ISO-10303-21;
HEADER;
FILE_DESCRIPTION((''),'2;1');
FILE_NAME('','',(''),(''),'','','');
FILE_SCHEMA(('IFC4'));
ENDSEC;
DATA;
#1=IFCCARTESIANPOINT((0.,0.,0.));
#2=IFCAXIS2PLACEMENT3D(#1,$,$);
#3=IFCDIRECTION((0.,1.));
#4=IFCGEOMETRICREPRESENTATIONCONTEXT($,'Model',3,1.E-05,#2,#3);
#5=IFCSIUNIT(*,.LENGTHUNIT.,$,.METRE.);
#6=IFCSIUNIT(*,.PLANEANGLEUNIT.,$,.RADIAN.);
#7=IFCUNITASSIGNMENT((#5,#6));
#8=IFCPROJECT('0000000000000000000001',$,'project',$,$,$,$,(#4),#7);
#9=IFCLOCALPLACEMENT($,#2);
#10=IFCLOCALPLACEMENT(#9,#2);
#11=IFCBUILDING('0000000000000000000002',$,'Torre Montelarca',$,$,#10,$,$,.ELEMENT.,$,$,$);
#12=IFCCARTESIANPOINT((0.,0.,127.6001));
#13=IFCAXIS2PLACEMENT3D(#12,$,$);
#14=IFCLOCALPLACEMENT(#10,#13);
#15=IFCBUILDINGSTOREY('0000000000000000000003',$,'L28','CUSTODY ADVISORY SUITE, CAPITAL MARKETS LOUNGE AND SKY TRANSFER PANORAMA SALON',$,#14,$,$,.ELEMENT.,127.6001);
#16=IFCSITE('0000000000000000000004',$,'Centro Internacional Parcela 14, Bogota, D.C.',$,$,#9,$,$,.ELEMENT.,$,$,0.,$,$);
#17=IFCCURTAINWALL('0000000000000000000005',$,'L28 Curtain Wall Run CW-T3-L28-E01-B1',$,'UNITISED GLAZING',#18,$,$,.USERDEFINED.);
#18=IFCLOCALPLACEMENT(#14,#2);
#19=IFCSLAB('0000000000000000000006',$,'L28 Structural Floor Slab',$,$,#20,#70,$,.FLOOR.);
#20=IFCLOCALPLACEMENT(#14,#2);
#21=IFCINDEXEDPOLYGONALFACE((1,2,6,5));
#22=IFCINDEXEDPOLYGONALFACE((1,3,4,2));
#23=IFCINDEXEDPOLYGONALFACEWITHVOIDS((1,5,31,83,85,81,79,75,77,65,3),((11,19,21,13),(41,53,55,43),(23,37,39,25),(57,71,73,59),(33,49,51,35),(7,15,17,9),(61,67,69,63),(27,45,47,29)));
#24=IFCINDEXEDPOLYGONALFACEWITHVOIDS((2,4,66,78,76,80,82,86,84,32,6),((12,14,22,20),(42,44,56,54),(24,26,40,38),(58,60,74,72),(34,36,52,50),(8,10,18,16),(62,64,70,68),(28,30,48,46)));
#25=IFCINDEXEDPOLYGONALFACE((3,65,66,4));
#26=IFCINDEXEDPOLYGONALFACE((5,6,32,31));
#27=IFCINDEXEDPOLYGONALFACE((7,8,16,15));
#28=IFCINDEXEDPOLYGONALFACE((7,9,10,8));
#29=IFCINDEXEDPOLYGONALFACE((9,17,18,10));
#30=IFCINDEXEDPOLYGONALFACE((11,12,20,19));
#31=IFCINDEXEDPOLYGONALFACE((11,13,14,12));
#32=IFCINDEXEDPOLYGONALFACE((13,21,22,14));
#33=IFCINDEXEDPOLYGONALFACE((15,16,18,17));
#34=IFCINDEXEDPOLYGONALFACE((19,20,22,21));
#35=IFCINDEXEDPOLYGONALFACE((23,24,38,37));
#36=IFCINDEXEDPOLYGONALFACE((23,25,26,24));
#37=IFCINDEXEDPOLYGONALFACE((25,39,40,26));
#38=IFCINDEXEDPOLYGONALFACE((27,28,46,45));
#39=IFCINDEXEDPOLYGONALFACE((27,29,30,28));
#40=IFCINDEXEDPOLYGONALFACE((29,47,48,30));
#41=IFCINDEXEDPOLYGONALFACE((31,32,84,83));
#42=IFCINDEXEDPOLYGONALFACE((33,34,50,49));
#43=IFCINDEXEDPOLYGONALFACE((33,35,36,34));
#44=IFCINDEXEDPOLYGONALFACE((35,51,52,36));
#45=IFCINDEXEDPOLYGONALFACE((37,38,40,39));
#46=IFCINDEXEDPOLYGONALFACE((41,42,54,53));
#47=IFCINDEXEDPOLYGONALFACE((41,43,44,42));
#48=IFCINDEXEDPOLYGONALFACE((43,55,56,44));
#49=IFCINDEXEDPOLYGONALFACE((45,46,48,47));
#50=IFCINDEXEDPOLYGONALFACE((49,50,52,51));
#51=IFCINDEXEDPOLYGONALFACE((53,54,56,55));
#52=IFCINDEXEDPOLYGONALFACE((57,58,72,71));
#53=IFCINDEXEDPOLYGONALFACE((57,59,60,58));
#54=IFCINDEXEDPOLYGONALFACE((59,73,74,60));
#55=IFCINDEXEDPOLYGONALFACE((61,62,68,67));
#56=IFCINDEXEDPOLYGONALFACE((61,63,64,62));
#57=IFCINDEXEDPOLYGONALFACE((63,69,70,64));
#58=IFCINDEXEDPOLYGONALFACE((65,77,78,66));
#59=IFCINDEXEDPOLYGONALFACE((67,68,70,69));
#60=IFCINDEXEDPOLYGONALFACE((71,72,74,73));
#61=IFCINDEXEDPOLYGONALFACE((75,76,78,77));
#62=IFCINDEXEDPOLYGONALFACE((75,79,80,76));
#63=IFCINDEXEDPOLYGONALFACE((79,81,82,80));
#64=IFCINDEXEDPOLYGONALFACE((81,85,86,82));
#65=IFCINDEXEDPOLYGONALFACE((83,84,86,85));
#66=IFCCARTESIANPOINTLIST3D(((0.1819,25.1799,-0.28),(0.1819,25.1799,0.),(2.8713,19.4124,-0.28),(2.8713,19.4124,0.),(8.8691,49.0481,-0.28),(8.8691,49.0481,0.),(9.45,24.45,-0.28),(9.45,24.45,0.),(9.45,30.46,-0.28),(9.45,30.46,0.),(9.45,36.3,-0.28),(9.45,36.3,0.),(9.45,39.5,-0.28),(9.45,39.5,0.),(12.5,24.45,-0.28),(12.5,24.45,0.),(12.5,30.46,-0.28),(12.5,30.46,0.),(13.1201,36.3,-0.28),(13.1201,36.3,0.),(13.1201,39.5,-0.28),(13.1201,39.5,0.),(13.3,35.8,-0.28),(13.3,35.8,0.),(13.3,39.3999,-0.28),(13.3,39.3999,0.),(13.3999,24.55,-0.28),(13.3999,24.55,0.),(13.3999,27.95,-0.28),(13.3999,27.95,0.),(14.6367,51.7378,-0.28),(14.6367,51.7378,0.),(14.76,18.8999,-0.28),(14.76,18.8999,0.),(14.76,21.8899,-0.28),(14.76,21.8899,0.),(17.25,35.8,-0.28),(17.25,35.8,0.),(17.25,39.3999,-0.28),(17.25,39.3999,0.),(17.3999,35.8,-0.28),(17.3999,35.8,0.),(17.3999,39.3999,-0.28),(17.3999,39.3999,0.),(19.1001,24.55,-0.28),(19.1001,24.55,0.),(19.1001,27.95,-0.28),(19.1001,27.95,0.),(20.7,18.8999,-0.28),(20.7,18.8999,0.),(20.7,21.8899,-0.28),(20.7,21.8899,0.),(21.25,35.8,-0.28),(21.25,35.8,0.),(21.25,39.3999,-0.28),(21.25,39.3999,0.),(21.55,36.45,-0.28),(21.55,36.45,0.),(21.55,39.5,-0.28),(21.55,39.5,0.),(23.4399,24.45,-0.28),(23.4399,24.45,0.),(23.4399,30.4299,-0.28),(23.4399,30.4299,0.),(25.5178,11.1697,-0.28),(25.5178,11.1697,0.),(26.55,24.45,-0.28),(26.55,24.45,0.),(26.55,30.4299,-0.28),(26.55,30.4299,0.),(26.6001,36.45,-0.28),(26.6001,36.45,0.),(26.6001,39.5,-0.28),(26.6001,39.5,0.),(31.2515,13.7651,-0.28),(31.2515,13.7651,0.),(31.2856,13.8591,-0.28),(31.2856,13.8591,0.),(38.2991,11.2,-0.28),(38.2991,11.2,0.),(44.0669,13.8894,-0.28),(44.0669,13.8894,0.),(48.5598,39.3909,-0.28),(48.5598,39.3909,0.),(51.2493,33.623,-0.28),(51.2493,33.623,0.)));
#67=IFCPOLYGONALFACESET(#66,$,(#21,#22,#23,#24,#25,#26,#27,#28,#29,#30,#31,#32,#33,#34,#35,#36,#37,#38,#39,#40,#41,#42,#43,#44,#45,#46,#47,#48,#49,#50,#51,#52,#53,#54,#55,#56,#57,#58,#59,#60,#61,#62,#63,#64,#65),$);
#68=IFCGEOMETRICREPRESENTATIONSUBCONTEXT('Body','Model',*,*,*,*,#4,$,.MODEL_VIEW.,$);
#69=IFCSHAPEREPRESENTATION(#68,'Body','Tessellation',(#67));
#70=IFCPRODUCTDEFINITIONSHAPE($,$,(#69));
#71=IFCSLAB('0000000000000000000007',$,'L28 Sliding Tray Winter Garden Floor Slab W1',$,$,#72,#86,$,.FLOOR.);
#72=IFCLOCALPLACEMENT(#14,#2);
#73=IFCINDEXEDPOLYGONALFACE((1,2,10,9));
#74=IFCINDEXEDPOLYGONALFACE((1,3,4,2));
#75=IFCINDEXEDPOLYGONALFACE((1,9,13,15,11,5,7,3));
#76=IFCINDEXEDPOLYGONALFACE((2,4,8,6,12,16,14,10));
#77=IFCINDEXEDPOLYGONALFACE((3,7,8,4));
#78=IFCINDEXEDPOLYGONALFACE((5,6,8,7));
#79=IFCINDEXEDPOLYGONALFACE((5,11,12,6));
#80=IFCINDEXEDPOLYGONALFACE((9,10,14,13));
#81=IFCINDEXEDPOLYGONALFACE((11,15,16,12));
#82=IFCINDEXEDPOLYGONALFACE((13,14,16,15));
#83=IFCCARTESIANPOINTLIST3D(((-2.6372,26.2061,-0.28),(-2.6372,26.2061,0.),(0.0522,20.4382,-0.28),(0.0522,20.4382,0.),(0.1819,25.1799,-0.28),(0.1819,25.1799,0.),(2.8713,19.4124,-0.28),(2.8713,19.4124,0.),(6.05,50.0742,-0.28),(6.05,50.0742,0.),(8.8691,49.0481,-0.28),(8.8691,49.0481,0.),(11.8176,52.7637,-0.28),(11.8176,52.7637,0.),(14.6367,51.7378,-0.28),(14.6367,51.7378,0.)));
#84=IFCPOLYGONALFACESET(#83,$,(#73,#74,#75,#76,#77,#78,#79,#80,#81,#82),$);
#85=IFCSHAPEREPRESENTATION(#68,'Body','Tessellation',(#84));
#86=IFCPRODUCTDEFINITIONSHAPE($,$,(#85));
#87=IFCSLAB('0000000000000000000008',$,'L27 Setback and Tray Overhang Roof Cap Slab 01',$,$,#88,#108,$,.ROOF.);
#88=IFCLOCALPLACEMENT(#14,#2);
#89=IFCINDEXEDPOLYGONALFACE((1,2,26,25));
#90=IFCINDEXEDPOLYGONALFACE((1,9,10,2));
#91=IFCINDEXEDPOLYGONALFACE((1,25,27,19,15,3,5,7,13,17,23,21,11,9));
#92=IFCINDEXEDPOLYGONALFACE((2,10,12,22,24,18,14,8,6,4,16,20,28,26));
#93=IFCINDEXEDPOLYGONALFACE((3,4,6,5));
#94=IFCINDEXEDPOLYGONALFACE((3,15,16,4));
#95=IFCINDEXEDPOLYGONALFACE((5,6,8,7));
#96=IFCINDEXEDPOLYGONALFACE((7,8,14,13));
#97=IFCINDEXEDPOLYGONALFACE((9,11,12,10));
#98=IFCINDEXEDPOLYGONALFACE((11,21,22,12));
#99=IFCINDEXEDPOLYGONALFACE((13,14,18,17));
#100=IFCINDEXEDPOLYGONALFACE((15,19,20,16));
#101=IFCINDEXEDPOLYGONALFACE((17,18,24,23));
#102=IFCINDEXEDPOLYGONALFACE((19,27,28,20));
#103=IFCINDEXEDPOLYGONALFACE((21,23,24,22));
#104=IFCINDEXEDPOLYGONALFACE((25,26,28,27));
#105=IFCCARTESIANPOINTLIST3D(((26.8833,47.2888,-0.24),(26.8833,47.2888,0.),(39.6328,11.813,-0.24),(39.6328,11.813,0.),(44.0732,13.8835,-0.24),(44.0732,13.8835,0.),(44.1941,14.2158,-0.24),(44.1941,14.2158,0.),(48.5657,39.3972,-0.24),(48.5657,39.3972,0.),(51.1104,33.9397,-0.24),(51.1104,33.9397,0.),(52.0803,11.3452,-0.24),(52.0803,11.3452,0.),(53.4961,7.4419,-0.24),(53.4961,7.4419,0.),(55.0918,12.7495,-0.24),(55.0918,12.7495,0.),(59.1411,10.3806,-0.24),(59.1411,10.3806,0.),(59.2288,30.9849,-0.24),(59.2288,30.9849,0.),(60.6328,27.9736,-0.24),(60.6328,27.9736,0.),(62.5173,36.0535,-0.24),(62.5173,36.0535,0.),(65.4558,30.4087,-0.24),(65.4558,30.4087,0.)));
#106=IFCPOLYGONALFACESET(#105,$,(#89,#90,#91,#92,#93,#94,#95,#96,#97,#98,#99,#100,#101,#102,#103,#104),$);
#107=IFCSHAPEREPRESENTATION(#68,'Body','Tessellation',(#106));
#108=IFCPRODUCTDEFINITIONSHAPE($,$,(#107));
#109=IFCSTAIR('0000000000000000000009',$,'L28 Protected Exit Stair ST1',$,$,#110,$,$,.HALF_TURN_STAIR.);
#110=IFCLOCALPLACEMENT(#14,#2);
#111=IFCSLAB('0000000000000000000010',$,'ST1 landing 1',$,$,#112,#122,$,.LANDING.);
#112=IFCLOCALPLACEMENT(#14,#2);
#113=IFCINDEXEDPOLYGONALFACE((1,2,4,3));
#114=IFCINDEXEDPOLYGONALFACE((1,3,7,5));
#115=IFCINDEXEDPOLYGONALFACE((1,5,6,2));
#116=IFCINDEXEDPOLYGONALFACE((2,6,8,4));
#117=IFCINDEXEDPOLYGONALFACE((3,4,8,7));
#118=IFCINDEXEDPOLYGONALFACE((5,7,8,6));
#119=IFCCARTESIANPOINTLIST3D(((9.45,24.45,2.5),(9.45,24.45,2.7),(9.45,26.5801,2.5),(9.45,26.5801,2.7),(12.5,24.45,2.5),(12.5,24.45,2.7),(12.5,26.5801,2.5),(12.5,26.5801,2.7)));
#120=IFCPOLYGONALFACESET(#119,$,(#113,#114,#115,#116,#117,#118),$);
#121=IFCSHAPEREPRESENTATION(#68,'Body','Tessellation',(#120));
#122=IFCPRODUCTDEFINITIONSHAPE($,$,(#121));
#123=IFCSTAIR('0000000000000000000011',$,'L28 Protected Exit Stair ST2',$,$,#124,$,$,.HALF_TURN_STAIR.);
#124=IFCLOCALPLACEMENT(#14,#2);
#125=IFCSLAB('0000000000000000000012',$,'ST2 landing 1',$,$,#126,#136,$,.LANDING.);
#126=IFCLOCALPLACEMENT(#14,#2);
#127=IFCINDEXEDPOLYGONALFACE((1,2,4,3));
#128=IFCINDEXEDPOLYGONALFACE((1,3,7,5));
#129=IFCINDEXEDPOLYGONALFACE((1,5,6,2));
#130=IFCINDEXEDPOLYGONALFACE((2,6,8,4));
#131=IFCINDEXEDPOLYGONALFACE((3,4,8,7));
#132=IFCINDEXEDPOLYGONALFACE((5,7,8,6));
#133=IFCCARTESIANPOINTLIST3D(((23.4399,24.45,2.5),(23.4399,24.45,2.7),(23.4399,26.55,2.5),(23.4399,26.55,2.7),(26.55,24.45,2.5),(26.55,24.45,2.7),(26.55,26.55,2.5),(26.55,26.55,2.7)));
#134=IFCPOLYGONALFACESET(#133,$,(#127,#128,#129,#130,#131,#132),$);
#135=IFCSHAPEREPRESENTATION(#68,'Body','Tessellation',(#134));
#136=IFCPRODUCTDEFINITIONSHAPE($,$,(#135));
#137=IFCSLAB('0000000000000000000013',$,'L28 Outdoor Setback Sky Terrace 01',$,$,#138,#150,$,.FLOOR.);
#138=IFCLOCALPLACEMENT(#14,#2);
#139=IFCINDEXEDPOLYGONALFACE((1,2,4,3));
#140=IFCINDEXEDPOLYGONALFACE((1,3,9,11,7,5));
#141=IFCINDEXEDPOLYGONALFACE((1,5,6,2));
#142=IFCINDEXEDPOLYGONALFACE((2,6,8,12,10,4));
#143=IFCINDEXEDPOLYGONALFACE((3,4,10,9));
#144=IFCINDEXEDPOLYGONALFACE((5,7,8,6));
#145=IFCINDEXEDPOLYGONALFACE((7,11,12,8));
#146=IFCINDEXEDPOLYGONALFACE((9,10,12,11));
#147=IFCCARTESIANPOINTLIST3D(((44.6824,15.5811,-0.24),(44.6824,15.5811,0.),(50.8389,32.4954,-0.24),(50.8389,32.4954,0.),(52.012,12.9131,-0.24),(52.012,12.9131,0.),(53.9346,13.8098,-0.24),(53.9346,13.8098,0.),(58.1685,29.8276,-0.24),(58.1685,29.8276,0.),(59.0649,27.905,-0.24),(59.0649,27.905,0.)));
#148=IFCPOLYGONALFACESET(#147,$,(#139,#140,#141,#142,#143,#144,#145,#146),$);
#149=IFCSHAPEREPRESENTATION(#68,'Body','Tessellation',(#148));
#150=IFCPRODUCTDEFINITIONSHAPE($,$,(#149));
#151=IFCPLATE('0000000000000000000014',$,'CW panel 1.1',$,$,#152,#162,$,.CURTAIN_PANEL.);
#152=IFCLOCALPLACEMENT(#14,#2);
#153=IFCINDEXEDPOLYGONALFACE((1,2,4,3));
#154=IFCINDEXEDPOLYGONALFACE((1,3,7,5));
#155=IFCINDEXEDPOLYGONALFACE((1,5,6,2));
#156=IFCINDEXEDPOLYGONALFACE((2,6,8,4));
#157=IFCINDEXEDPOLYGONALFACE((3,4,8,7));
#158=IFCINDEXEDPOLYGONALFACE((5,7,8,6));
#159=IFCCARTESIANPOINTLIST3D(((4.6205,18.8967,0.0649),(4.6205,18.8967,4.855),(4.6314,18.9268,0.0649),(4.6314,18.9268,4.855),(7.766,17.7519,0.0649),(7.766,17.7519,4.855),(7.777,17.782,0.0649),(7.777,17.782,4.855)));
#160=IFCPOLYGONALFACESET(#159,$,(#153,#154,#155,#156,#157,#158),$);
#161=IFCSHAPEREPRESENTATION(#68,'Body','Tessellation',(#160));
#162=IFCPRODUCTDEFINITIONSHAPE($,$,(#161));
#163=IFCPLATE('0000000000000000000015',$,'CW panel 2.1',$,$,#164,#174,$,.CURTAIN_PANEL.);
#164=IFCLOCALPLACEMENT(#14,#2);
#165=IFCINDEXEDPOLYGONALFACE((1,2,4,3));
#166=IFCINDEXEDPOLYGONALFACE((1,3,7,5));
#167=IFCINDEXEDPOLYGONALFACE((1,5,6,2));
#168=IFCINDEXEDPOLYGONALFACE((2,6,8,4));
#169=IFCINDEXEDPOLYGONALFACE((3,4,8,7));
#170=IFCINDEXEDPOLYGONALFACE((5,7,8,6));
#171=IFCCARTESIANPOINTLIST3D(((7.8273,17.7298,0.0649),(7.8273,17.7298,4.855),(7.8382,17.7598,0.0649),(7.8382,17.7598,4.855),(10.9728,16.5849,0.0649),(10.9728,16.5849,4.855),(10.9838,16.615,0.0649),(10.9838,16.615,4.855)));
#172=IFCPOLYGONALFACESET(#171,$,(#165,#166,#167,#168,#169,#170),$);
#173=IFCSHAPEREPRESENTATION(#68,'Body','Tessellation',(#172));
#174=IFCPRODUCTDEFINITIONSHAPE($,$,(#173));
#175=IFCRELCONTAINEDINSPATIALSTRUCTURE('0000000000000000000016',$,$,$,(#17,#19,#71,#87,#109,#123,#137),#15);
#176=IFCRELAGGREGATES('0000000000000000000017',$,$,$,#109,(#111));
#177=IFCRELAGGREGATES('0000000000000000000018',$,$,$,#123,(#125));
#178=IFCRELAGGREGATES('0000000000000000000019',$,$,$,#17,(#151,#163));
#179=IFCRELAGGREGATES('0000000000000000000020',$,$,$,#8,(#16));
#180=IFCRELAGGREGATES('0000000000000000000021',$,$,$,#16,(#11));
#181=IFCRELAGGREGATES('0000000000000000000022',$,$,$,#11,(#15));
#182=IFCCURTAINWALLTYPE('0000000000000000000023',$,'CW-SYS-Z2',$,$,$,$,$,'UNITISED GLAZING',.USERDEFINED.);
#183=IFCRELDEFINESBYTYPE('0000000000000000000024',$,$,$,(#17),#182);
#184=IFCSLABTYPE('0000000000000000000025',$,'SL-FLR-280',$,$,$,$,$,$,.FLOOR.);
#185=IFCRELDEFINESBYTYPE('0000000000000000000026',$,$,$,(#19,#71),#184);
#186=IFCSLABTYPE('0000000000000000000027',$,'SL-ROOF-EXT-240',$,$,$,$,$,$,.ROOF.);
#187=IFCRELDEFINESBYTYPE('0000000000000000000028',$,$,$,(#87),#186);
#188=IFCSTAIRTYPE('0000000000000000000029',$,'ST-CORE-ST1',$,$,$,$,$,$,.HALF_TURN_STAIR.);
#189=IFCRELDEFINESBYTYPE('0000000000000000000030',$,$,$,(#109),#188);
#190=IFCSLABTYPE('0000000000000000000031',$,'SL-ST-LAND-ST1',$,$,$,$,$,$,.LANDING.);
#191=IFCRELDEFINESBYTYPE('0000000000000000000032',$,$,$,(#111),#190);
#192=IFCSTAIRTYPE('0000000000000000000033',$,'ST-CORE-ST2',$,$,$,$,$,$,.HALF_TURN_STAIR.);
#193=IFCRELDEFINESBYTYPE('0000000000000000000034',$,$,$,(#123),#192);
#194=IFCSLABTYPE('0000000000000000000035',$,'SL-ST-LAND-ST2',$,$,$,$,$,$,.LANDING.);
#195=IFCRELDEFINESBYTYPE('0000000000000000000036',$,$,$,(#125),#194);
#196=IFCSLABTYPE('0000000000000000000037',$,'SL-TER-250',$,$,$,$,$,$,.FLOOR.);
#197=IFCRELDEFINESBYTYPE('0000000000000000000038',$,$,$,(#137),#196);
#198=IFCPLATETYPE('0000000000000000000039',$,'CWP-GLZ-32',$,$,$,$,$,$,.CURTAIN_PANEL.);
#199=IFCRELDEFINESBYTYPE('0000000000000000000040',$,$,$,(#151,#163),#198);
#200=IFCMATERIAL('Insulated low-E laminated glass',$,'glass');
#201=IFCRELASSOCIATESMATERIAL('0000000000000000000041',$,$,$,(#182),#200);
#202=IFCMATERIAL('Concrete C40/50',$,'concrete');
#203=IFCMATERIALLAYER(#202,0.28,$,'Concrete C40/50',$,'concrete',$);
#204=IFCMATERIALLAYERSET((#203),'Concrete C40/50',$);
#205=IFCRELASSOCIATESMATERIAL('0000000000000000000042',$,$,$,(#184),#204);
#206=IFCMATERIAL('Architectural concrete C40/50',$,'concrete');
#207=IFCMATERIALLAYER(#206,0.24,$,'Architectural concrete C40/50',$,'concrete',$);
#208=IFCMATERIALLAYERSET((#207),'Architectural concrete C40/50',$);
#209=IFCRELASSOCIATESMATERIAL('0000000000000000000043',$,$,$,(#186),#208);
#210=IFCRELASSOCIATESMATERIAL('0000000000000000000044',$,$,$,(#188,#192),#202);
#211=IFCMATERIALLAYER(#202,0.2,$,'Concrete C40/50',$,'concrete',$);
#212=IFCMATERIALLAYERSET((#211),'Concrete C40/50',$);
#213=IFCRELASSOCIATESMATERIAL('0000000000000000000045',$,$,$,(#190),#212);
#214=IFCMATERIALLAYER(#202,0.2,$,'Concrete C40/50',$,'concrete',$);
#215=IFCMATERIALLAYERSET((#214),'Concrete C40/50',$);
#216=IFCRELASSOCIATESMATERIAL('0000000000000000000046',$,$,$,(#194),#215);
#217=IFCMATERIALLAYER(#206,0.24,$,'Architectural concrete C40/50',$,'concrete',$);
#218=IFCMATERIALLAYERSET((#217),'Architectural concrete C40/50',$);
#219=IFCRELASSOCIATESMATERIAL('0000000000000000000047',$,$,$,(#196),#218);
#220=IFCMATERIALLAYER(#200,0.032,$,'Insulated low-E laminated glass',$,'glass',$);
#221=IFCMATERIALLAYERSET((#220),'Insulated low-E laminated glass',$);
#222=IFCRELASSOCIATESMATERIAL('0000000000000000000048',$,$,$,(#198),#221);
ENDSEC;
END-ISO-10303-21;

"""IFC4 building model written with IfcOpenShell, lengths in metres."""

from ifc_helpers import new_model, si_unit, direction, frame, origin, origin_2d, place, context, subcontext, project, spatial, polyline, rectangle, outline, extrude, source, transform, mapped, material, layer, layer_set, type_object, element, aggregate, save


model = new_model("IFC4")

# Units and contexts
model_context = context("Model", 3, precision=1e-05, world=origin(), true_north=direction((0.0, 1.0)))
body_context = subcontext(model_context, "Body", "Model", "MODEL_VIEW")
ifc_project = project(units=[si_unit("LENGTHUNIT", "METRE"), si_unit("PLANEANGLEUNIT", "RADIAN")], contexts=[model_context])

# Site, building, storey
site_placement = place(None, origin())
site = spatial("IfcSite", under=ifc_project, at=site_placement, Name="Centro Internacional Parcela 14, Bogota, D.C.", CompositionType="ELEMENT", RefElevation=0.0)
building_placement = place(site_placement, origin())
building = spatial("IfcBuilding", under=site, at=building_placement, Name="Torre Montelarca", CompositionType="ELEMENT")
storey_placement = place(building_placement, frame((0.0, 0.0, 127.6001)))
storey = spatial("IfcBuildingStorey", under=building, at=storey_placement, Name="L28", Description="CUSTODY ADVISORY SUITE, CAPITAL MARKETS LOUNGE AND SKY TRANSFER PANORAMA SALON", CompositionType="ELEMENT", Elevation=127.6001)

# Curtain wall
ifc_material_1 = material(Name="Insulated low-E laminated glass", Category="glass")
curtain_wall_type = type_object("IfcCurtainWallType", Name="CW-SYS-Z2", ElementType="UNITISED GLAZING", PredefinedType="USERDEFINED", material=ifc_material_1)
curtain_wall_1_placement = place(storey_placement, origin())
curtain_wall_1 = element("IfcCurtainWall", 1, at=curtain_wall_1_placement, inside=storey, type_object=curtain_wall_type, Name="L28 Curtain Wall Run CW-T3-L28-E01-B1", ObjectType="UNITISED GLAZING", PredefinedType="USERDEFINED")

# Slabs
ifc_material_2 = material(Name="Concrete C40/50", Category="concrete")
ifc_layer_1 = layer(ifc_material_2, 0.28, Name="Concrete C40/50", Category="concrete")
ifc_layer_set_1 = layer_set([ifc_layer_1], Name="Concrete C40/50")
slab_type_1 = type_object("IfcSlabType", Name="SL-FLR-280", PredefinedType="FLOOR", material=ifc_layer_set_1)
slab_1_placement = place(storey_placement, frame((0.0, 0.0, -0.28)))
element("IfcSlab", 2, at=slab_1_placement, inside=storey, type_object=slab_type_1, Name="L28 Structural Floor Slab", PredefinedType="FLOOR", context=body_context, shape_type="SweptSolid", body=[
    extrude(outline(polyline([(25.5178, 11.1697), (31.2856, 13.8591), (31.2515, 13.7651), (38.2991, 11.2), (44.0669, 13.8894), (51.2493, 33.623), (48.5598, 39.3909), (14.6367, 51.7378), (8.8691, 49.0481), (0.1819, 25.1799), (2.8713, 19.4124), (25.5178, 11.1697)]), holes=[polyline([(20.7, 18.8999), (14.76, 18.8999), (14.76, 21.8899), (20.7, 21.8899), (20.7, 18.8999)]), polyline([(19.1001, 24.55), (13.3999, 24.55), (13.3999, 27.95), (19.1001, 27.95), (19.1001, 24.55)]), polyline([(23.4399, 24.45), (23.4399, 30.4299), (26.55, 30.4299), (26.55, 24.45), (23.4399, 24.45)]), polyline([(9.45, 24.45), (9.45, 30.46), (12.5, 30.46), (12.5, 24.45), (9.45, 24.45)]), polyline([(17.25, 35.8), (13.3, 35.8), (13.3, 39.3999), (17.25, 39.3999), (17.25, 35.8)]), polyline([(21.25, 35.8), (17.3999, 35.8), (17.3999, 39.3999), (21.25, 39.3999), (21.25, 35.8)]), polyline([(13.1201, 36.3), (9.45, 36.3), (9.45, 39.5), (13.1201, 39.5), (13.1201, 36.3)]), polyline([(26.6001, 36.45), (21.55, 36.45), (21.55, 39.5), (26.6001, 39.5), (26.6001, 36.45)])]), origin(), (0.0, 0.0, 1.0), 0.28),
])
slab_2_placement = place(storey_placement, frame((0.0, 0.0, -0.28)))
element("IfcSlab", 3, at=slab_2_placement, inside=storey, type_object=slab_type_1, Name="L28 Sliding Tray Winter Garden Floor Slab W1", PredefinedType="FLOOR", context=body_context, shape_type="SweptSolid", body=[
    extrude(outline(polyline([(2.8713, 19.4124), (0.1819, 25.1799), (8.8691, 49.0481), (14.6367, 51.7378), (11.8176, 52.7637), (6.05, 50.0742), (-2.6372, 26.2061), (0.0522, 20.4382), (2.8713, 19.4124)])), origin(), (0.0, 0.0, 1.0), 0.28),
])
ifc_material_3 = material(Name="Architectural concrete C40/50", Category="concrete")
ifc_layer_2 = layer(ifc_material_3, 0.24, Name="Architectural concrete C40/50", Category="concrete")
ifc_layer_set_2 = layer_set([ifc_layer_2], Name="Architectural concrete C40/50")
slab_type_2 = type_object("IfcSlabType", Name="SL-ROOF-EXT-240", PredefinedType="ROOF", material=ifc_layer_set_2)
slab_3_placement = place(storey_placement, frame((0.0, 0.0, -0.24)))
element("IfcSlab", 4, at=slab_3_placement, inside=storey, type_object=slab_type_2, Name="L27 Setback and Tray Overhang Roof Cap Slab 01", PredefinedType="ROOF", context=body_context, shape_type="SweptSolid", body=[
    extrude(outline(polyline([(48.5657, 39.3972), (51.1104, 33.9397), (59.2288, 30.9849), (60.6328, 27.9736), (55.0918, 12.7495), (52.0803, 11.3452), (44.1941, 14.2158), (44.0732, 13.8835), (39.6328, 11.813), (53.4961, 7.4419), (59.1411, 10.3806), (65.4558, 30.4087), (62.5173, 36.0535), (26.8833, 47.2888), (48.5657, 39.3972)])), origin(), (0.0, 0.0, 1.0), 0.24),
])

# Stairs, slabs
stair_type_1 = type_object("IfcStairType", Name="ST-CORE-ST1", PredefinedType="HALF_TURN_STAIR", material=ifc_material_2)
stair_1_placement = place(storey_placement, origin())
stair_1 = element("IfcStair", 5, at=stair_1_placement, inside=storey, type_object=stair_type_1, Name="L28 Protected Exit Stair ST1", PredefinedType="HALF_TURN_STAIR")
ifc_layer_3 = layer(ifc_material_2, 0.2, Name="Concrete C40/50", Category="concrete")
ifc_layer_set_3 = layer_set([ifc_layer_3], Name="Concrete C40/50")
slab_type_3 = type_object("IfcSlabType", Name="SL-ST-LAND-ST1", PredefinedType="LANDING", material=ifc_layer_set_3)
slab_4_placement = place(storey_placement, frame((0.0, 0.0, 2.5)))
slab_4 = element("IfcSlab", 6, at=slab_4_placement, type_object=slab_type_3, Name="ST1 landing 1", PredefinedType="LANDING", context=body_context, shape_type="SweptSolid", body=[
    extrude(outline(polyline([(9.45, 26.5801), (9.45, 24.45), (12.5, 24.45), (12.5, 26.5801), (9.45, 26.5801)])), origin(), (0.0, 0.0, 1.0), 0.2),
])
aggregate(stair_1, [slab_4])
stair_type_2 = type_object("IfcStairType", Name="ST-CORE-ST2", PredefinedType="HALF_TURN_STAIR", material=ifc_material_2)
stair_2_placement = place(storey_placement, origin())
stair_2 = element("IfcStair", 7, at=stair_2_placement, inside=storey, type_object=stair_type_2, Name="L28 Protected Exit Stair ST2", PredefinedType="HALF_TURN_STAIR")
ifc_layer_4 = layer(ifc_material_2, 0.2, Name="Concrete C40/50", Category="concrete")
ifc_layer_set_4 = layer_set([ifc_layer_4], Name="Concrete C40/50")
slab_type_4 = type_object("IfcSlabType", Name="SL-ST-LAND-ST2", PredefinedType="LANDING", material=ifc_layer_set_4)
slab_5_placement = place(storey_placement, frame((0.0, 0.0, 2.5)))
slab_5 = element("IfcSlab", 8, at=slab_5_placement, type_object=slab_type_4, Name="ST2 landing 1", PredefinedType="LANDING", context=body_context, shape_type="SweptSolid", body=[
    extrude(outline(polyline([(23.4399, 26.55), (23.4399, 24.45), (26.55, 24.45), (26.55, 26.55), (23.4399, 26.55)])), origin(), (0.0, 0.0, 1.0), 0.2),
])
aggregate(stair_2, [slab_5])

# Slab
ifc_layer_5 = layer(ifc_material_3, 0.24, Name="Architectural concrete C40/50", Category="concrete")
ifc_layer_set_5 = layer_set([ifc_layer_5], Name="Architectural concrete C40/50")
slab_type_5 = type_object("IfcSlabType", Name="SL-TER-250", PredefinedType="FLOOR", material=ifc_layer_set_5)
slab_6_placement = place(storey_placement, frame((0.0, 0.0, -0.24)))
element("IfcSlab", 9, at=slab_6_placement, inside=storey, type_object=slab_type_5, Name="L28 Outdoor Setback Sky Terrace 01", PredefinedType="FLOOR", context=body_context, shape_type="SweptSolid", body=[
    extrude(outline(polyline([(44.6824, 15.5811), (52.012, 12.9131), (53.9346, 13.8098), (59.0649, 27.905), (58.1685, 29.8276), (50.8389, 32.4954), (44.6824, 15.5811)])), origin(), (0.0, 0.0, 1.0), 0.24),
])

# Plates
ifc_layer_6 = layer(ifc_material_1, 0.032, Name="Insulated low-E laminated glass", Category="glass")
ifc_layer_set_6 = layer_set([ifc_layer_6], Name="Insulated low-E laminated glass")
plate_type = type_object("IfcPlateType", Name="CWP-GLZ-32", PredefinedType="CURTAIN_PANEL", material=ifc_layer_set_6)
shared_shape_1 = source(origin(), body_context, "Body", "SweptSolid", [
    extrude(rectangle(XDim=3.3474, YDim=0.032, at=origin_2d()), origin(), (0.0, 0.0, 1.0), 4.79),
])
plate_1_placement = place(storey_placement, frame((6.1987, 18.3394, 0.0649), z_axis=(0.0, 0.0, 1.0), x_axis=(0.939698, -0.342004, 0.0)))
plate_1 = element("IfcPlate", 10, at=plate_1_placement, type_object=plate_type, Name="CW panel 1.1", PredefinedType="CURTAIN_PANEL", context=body_context, shape_type="MappedRepresentation", body=[
    mapped(shared_shape_1, transform((0.0, 0.0, 0.0), scale=1.0)),
])
plate_2_placement = place(storey_placement, frame((9.4055, 17.1724, 0.0649), z_axis=(0.0, 0.0, 1.0), x_axis=(0.939698, -0.342004, 0.0)))
plate_2 = element("IfcPlate", 11, at=plate_2_placement, type_object=plate_type, Name="CW panel 2.1", PredefinedType="CURTAIN_PANEL", context=body_context, shape_type="MappedRepresentation", body=[
    mapped(shared_shape_1, transform((0.0, 0.0, 0.0), scale=1.0)),
])
aggregate(curtain_wall_1, [plate_1, plate_2])

save(model, "model.ifc")
